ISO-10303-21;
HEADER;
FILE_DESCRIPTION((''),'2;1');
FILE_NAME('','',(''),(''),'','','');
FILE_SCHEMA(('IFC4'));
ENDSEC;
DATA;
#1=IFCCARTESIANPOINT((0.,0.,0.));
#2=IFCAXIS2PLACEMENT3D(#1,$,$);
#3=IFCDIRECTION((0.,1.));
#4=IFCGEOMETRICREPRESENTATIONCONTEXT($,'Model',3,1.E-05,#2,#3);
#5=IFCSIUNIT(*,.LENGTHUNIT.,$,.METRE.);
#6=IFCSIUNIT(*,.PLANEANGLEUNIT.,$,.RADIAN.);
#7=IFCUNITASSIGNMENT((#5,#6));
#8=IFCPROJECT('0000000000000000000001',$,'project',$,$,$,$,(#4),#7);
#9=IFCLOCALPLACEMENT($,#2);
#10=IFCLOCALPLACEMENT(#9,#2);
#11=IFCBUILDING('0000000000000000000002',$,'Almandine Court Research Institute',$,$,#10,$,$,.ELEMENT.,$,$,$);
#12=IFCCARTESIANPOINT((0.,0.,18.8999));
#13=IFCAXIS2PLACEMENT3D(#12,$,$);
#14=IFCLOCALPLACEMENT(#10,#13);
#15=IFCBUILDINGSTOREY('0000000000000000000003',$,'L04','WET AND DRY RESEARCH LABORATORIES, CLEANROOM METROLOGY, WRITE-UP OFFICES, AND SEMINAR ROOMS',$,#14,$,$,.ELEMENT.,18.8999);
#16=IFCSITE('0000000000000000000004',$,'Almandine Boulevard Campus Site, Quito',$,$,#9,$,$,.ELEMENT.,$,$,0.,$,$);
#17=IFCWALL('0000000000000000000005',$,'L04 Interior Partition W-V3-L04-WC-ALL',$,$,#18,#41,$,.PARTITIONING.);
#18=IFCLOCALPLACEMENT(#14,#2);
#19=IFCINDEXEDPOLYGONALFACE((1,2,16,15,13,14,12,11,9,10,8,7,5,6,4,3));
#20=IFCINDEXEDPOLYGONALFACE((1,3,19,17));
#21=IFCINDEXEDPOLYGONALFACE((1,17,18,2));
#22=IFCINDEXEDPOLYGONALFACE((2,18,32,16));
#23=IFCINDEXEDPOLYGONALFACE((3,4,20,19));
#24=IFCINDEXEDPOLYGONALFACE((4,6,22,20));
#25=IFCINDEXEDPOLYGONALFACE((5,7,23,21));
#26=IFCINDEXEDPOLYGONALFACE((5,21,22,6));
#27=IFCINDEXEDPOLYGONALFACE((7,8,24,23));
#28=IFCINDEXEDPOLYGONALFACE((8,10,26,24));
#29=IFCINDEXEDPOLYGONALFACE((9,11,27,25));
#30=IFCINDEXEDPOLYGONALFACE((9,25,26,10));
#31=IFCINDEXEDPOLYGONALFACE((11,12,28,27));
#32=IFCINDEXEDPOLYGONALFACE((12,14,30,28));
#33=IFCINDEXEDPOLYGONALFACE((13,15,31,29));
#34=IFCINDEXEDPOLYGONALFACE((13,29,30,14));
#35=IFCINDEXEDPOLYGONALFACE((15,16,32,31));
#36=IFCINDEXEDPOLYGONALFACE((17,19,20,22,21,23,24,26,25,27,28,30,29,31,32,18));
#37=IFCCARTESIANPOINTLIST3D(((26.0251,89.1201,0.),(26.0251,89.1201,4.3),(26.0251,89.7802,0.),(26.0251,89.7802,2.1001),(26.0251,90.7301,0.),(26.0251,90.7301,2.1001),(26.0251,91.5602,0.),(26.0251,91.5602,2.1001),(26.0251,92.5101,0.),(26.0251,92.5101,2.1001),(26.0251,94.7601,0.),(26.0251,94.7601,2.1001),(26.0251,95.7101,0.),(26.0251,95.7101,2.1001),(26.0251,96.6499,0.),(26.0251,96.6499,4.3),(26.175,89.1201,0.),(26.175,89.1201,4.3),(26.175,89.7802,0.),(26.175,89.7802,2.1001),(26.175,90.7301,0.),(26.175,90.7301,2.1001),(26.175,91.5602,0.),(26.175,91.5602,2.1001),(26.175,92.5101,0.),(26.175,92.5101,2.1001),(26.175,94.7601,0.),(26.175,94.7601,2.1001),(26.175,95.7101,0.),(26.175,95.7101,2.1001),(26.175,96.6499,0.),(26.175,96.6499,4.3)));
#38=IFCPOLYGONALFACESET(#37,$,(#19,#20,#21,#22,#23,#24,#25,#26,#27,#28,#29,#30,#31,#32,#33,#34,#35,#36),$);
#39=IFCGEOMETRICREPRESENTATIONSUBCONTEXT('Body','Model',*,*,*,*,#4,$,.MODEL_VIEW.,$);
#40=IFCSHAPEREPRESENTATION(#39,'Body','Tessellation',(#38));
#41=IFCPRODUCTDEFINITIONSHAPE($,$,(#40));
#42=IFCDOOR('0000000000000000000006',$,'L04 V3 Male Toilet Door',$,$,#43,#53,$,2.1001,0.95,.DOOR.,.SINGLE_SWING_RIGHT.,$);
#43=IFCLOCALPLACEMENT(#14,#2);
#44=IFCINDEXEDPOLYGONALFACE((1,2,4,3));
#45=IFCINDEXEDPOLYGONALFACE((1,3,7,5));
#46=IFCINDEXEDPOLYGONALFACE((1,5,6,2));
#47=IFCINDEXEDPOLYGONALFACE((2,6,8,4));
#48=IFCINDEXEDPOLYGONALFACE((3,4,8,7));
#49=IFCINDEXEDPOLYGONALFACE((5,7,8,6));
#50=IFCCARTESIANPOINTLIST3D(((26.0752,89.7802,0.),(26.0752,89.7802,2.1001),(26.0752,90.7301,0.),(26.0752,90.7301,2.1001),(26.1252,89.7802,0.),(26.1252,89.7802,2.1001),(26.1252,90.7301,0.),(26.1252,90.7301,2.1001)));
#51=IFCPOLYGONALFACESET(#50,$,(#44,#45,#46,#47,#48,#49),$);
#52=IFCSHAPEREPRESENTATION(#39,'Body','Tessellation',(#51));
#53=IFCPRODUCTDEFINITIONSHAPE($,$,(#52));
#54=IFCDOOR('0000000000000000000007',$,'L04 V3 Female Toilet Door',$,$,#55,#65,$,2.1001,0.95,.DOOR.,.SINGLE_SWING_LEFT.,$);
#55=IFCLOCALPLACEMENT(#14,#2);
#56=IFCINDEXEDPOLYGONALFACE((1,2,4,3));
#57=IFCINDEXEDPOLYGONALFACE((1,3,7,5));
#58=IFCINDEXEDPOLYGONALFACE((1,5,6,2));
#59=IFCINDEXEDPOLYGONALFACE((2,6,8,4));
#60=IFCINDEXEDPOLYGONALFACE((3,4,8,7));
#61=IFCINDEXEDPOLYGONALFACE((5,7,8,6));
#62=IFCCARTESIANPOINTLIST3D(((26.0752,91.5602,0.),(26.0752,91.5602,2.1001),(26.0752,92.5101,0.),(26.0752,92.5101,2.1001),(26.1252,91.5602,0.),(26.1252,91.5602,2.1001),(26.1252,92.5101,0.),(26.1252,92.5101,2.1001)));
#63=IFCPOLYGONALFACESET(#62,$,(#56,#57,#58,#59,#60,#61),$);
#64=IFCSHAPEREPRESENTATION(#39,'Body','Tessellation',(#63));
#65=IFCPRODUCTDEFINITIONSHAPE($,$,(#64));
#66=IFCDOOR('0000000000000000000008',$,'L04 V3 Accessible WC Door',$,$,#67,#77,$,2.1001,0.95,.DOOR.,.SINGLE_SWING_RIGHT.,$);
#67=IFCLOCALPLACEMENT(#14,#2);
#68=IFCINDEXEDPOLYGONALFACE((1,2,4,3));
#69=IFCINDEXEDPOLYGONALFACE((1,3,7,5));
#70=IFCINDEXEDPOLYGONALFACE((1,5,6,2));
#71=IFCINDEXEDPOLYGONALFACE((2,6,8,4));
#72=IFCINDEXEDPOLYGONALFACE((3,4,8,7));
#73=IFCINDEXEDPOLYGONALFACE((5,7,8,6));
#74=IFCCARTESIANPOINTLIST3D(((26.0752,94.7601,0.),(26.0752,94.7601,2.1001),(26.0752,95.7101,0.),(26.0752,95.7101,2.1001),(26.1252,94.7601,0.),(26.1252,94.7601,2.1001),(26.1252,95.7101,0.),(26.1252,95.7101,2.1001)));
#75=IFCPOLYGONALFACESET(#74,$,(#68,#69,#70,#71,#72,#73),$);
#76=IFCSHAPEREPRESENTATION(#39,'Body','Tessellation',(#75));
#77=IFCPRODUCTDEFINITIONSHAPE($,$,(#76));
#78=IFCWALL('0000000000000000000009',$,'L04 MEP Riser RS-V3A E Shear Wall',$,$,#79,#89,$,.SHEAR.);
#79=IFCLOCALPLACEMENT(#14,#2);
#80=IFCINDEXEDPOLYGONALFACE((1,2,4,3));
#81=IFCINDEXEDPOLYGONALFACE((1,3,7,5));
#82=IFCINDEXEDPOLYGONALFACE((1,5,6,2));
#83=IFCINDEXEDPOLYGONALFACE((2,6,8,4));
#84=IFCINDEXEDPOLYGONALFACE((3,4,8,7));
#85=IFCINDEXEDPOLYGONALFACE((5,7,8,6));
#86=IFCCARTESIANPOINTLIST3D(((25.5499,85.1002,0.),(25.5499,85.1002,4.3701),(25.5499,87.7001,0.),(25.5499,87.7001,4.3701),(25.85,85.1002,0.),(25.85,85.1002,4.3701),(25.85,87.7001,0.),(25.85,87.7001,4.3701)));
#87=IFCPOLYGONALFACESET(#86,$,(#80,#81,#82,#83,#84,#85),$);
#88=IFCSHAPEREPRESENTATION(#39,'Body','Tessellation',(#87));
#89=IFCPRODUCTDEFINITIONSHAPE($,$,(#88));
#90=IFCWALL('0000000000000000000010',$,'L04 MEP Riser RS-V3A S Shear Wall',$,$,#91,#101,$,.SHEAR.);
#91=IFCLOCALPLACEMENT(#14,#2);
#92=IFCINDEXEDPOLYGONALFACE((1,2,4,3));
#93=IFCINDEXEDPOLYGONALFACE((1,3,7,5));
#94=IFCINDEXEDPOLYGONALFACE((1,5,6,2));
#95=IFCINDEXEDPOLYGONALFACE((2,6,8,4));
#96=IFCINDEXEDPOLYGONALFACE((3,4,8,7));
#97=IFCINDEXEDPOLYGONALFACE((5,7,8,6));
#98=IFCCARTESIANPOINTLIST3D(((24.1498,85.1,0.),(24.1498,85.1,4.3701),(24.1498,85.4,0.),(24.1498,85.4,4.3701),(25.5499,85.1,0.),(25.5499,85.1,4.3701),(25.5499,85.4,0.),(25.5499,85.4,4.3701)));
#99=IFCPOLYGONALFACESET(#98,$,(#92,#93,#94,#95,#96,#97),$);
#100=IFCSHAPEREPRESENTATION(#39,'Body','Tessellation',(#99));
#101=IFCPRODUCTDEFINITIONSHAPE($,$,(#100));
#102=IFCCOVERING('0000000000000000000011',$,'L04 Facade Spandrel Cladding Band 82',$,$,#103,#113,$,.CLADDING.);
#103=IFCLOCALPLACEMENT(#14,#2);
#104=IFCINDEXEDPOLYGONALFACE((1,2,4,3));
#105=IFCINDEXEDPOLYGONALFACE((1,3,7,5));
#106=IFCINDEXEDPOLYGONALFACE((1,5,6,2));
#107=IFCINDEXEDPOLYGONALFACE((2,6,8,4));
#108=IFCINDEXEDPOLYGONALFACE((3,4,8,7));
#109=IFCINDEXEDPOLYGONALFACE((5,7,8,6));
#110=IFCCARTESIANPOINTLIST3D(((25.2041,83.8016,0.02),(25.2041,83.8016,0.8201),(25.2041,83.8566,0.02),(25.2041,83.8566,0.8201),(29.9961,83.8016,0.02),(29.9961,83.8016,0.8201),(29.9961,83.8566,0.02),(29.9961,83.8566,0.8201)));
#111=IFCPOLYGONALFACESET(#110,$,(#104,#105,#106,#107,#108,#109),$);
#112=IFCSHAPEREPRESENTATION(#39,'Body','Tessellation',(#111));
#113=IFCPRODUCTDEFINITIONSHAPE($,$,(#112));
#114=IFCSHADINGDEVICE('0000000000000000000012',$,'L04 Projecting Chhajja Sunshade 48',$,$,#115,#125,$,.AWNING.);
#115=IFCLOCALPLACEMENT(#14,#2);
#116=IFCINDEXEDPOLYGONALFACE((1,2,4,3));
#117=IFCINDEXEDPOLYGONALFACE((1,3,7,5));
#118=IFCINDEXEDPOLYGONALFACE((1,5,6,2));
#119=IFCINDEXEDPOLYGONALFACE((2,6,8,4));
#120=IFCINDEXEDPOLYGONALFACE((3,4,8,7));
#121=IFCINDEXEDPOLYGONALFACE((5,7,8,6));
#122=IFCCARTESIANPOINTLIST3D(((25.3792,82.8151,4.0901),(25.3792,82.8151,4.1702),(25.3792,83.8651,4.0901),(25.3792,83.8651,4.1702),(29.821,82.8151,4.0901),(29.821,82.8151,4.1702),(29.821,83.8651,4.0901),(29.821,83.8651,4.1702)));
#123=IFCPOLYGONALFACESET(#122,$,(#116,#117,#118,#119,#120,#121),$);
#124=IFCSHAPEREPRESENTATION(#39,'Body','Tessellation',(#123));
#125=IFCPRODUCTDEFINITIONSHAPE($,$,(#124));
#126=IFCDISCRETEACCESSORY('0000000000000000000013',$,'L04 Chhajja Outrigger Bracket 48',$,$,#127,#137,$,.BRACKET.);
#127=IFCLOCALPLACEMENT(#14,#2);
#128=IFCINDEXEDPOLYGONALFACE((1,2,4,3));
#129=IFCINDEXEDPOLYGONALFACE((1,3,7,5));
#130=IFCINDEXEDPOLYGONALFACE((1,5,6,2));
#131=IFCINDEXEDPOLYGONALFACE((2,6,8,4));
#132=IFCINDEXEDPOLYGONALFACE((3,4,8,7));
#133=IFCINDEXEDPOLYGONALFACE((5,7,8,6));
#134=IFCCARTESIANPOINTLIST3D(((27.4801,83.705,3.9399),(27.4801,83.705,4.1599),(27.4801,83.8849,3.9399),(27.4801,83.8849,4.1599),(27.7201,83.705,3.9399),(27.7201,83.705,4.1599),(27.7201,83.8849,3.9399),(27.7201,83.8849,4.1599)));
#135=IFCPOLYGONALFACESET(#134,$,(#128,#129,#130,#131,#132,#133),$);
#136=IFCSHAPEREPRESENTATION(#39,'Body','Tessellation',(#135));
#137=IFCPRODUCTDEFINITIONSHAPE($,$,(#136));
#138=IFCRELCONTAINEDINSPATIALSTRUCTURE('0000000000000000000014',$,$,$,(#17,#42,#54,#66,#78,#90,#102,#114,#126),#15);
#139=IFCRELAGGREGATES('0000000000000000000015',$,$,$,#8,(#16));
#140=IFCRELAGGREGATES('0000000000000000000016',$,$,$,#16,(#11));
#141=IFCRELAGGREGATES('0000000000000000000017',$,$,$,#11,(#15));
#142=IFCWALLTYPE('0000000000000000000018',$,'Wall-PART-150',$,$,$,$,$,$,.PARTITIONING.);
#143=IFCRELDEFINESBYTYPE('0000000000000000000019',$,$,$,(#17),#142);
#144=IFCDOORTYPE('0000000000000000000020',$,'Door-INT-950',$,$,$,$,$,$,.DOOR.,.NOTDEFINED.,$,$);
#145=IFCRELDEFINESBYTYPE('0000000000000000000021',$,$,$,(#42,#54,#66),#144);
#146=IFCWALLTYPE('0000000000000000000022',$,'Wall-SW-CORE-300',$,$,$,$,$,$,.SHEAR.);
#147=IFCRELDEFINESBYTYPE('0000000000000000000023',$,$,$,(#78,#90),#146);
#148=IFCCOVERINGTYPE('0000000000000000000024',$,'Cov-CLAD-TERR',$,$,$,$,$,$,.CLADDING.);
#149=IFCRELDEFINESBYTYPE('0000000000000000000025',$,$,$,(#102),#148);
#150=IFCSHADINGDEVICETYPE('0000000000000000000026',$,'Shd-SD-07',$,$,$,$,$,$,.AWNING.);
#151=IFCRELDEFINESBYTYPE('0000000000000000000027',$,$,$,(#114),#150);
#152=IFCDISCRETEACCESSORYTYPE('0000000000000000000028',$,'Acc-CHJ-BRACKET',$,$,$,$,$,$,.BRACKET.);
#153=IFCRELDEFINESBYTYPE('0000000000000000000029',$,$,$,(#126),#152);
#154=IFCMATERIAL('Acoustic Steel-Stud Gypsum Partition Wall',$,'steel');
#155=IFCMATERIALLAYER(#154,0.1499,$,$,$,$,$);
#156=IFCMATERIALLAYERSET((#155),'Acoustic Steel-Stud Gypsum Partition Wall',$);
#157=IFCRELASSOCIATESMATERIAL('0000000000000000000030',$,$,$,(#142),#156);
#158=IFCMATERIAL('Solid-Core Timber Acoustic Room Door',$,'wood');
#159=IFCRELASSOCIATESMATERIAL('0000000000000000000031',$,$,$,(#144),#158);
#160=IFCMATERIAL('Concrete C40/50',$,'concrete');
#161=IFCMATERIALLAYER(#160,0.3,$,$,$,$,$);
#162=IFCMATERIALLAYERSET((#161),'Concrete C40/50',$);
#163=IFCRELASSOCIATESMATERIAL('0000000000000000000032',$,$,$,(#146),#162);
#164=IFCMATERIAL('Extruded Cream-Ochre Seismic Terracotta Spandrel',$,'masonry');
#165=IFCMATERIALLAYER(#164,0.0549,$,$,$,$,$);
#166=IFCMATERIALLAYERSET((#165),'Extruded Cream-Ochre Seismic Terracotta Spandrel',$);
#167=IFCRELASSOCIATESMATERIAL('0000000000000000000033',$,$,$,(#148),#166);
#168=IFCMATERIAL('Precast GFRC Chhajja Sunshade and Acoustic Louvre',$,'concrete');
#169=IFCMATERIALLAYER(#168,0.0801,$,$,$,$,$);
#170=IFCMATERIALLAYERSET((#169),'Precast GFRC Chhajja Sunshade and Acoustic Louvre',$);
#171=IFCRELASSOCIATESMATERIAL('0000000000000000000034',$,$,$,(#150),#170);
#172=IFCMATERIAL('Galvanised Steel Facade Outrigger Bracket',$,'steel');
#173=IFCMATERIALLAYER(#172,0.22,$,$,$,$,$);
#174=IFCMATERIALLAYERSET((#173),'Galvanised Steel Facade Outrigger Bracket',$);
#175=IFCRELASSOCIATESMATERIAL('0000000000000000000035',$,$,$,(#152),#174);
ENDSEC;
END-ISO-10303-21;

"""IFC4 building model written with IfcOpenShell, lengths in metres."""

from ifc_helpers import new_model, si_unit, direction, frame, frame_2d, origin, origin_2d, place, context, subcontext, project, spatial, rectangle, extrude, material, layer, layer_set, type_object, element, fill, save


model = new_model("IFC4")

# Units and contexts
model_context = context("Model", 3, precision=1e-05, world=origin(), true_north=direction((0.0, 1.0)))
body_context = subcontext(model_context, "Body", "Model", "MODEL_VIEW")
ifc_project = project(units=[si_unit("LENGTHUNIT", "METRE"), si_unit("PLANEANGLEUNIT", "RADIAN")], contexts=[model_context])

# Site, building, storey
site_placement = place(None, origin())
site = spatial("IfcSite", under=ifc_project, at=site_placement, Name="Almandine Boulevard Campus Site, Quito", CompositionType="ELEMENT", RefElevation=0.0)
building_placement = place(site_placement, origin())
building = spatial("IfcBuilding", under=site, at=building_placement, Name="Almandine Court Research Institute", CompositionType="ELEMENT")
storey_placement = place(building_placement, frame((0.0, 0.0, 18.8999)))
storey = spatial("IfcBuildingStorey", under=building, at=storey_placement, Name="L04", Description="WET AND DRY RESEARCH LABORATORIES, CLEANROOM METROLOGY, WRITE-UP OFFICES, AND SEMINAR ROOMS", CompositionType="ELEMENT", Elevation=18.8999)

# Shared definitions
ifc_material_1 = material(Name="Acoustic Steel-Stud Gypsum Partition Wall", Category="steel")
ifc_layer_1 = layer(ifc_material_1, 0.1499)
ifc_layer_set_1 = layer_set([ifc_layer_1], Name="Acoustic Steel-Stud Gypsum Partition Wall")
wall_type_1 = type_object("IfcWallType", Name="Wall-PART-150", PredefinedType="PARTITIONING", material=ifc_layer_set_1)

# Wall, openings, doors
wall_1_placement = place(storey_placement, frame((26.1001, 89.1201, 0.0), z_axis=(0.0, 0.0, 1.0), x_axis=(0.0, 1.0, 0.0)))
wall_1 = element("IfcWall", 1, at=wall_1_placement, inside=storey, type_object=wall_type_1, Name="L04 Interior Partition W-V3-L04-WC-ALL", PredefinedType="PARTITIONING", context=body_context, shape_type="SweptSolid", body=[
    extrude(rectangle(XDim=7.5298, YDim=0.1499, at=frame_2d((3.7649, 0.0))), origin(), (0.0, 0.0, 1.0), 4.3),
])
opening_1_placement = place(wall_1_placement, frame((0.6599, 0.0, 0.0)))
opening_1 = element("IfcOpeningElement", 2, at=opening_1_placement, cuts=wall_1, PredefinedType="OPENING", context=body_context, shape_type="SweptSolid", body=[
    extrude(rectangle(XDim=0.95, YDim=2.1001, at=frame_2d((0.4751, 1.05))), frame((0.0, 0.085, 0.0), z_axis=(0.0, -1.0, 0.0), x_axis=(1.0, 0.0, 0.0)), (0.0, 0.0, 1.0), 0.1699),
])
opening_2_placement = place(wall_1_placement, frame((2.4399, 0.0, 0.0)))
opening_2 = element("IfcOpeningElement", 3, at=opening_2_placement, cuts=wall_1, PredefinedType="OPENING", context=body_context, shape_type="SweptSolid", body=[
    extrude(rectangle(XDim=0.95, YDim=2.1001, at=frame_2d((0.4751, 1.05))), frame((0.0, 0.085, 0.0), z_axis=(0.0, -1.0, 0.0), x_axis=(1.0, 0.0, 0.0)), (0.0, 0.0, 1.0), 0.1699),
])
opening_3_placement = place(wall_1_placement, frame((5.6399, 0.0, 0.0)))
opening_3 = element("IfcOpeningElement", 4, at=opening_3_placement, cuts=wall_1, PredefinedType="OPENING", context=body_context, shape_type="SweptSolid", body=[
    extrude(rectangle(XDim=0.95, YDim=2.1001, at=frame_2d((0.4751, 1.05))), frame((0.0, 0.085, 0.0), z_axis=(0.0, -1.0, 0.0), x_axis=(1.0, 0.0, 0.0)), (0.0, 0.0, 1.0), 0.1699),
])
ifc_material_2 = material(Name="Solid-Core Timber Acoustic Room Door", Category="wood")
door_type = type_object("IfcDoorType", Name="Door-INT-950", OperationType="NOTDEFINED", PredefinedType="DOOR", material=ifc_material_2)
door_1_placement = place(opening_1_placement, origin())
door_1 = element("IfcDoor", 5, at=door_1_placement, inside=storey, type_object=door_type, Name="L04 V3 Male Toilet Door", OperationType="SINGLE_SWING_RIGHT", OverallHeight=2.1001, OverallWidth=0.95, PredefinedType="DOOR", context=body_context, shape_type="SweptSolid", body=[
    extrude(rectangle(XDim=0.95, YDim=2.1001, at=frame_2d((0.4751, 1.05))), frame((0.0, 0.0249, 0.0), z_axis=(0.0, -1.0, 0.0), x_axis=(1.0, 0.0, 0.0)), (0.0, 0.0, 1.0), 0.05),
])
fill(opening_1, door_1)
door_2_placement = place(opening_2_placement, origin())
door_2 = element("IfcDoor", 6, at=door_2_placement, inside=storey, type_object=door_type, Name="L04 V3 Female Toilet Door", OperationType="SINGLE_SWING_LEFT", OverallHeight=2.1001, OverallWidth=0.95, PredefinedType="DOOR", context=body_context, shape_type="SweptSolid", body=[
    extrude(rectangle(XDim=0.95, YDim=2.1001, at=frame_2d((0.4751, 1.05))), frame((0.0, 0.0249, 0.0), z_axis=(0.0, -1.0, 0.0), x_axis=(1.0, 0.0, 0.0)), (0.0, 0.0, 1.0), 0.05),
])
fill(opening_2, door_2)
door_3_placement = place(opening_3_placement, origin())
door_3 = element("IfcDoor", 7, at=door_3_placement, inside=storey, type_object=door_type, Name="L04 V3 Accessible WC Door", OperationType="SINGLE_SWING_RIGHT", OverallHeight=2.1001, OverallWidth=0.95, PredefinedType="DOOR", context=body_context, shape_type="SweptSolid", body=[
    extrude(rectangle(XDim=0.95, YDim=2.1001, at=frame_2d((0.4751, 1.05))), frame((0.0, 0.0249, 0.0), z_axis=(0.0, -1.0, 0.0), x_axis=(1.0, 0.0, 0.0)), (0.0, 0.0, 1.0), 0.05),
])
fill(opening_3, door_3)

# Walls
ifc_material_3 = material(Name="Concrete C40/50", Category="concrete")
ifc_layer_2 = layer(ifc_material_3, 0.3)
ifc_layer_set_2 = layer_set([ifc_layer_2], Name="Concrete C40/50")
wall_type_2 = type_object("IfcWallType", Name="Wall-SW-CORE-300", PredefinedType="SHEAR", material=ifc_layer_set_2)
wall_2_placement = place(storey_placement, frame((25.7, 87.7, 0.0), z_axis=(0.0, 0.0, 1.0), x_axis=(0.0, -1.0, 0.0)))
element("IfcWall", 8, at=wall_2_placement, inside=storey, type_object=wall_type_2, Name="L04 MEP Riser RS-V3A E Shear Wall", PredefinedType="SHEAR", context=body_context, shape_type="SweptSolid", body=[
    extrude(rectangle(XDim=2.5999, YDim=0.3, at=frame_2d((1.2998, 0.0))), origin(), (0.0, 0.0, 1.0), 4.3701),
])
wall_3_placement = place(storey_placement, frame((25.55, 85.25, 0.0), z_axis=(0.0, 0.0, 1.0), x_axis=(-1.0, 0.0, 0.0)))
element("IfcWall", 9, at=wall_3_placement, inside=storey, type_object=wall_type_2, Name="L04 MEP Riser RS-V3A S Shear Wall", PredefinedType="SHEAR", context=body_context, shape_type="SweptSolid", body=[
    extrude(rectangle(XDim=1.4001, YDim=0.3, at=frame_2d((0.7002, 0.0))), origin(), (0.0, 0.0, 1.0), 4.3701),
])

# Covering
ifc_material_4 = material(Name="Extruded Cream-Ochre Seismic Terracotta Spandrel", Category="masonry")
ifc_layer_3 = layer(ifc_material_4, 0.0549)
ifc_layer_set_3 = layer_set([ifc_layer_3], Name="Extruded Cream-Ochre Seismic Terracotta Spandrel")
covering_type = type_object("IfcCoveringType", Name="Cov-CLAD-TERR", PredefinedType="CLADDING", material=ifc_layer_set_3)
covering_placement = place(storey_placement, frame((27.6001, 83.8291, 0.02), z_axis=(0.0, 0.0, 1.0), x_axis=(-1.0, 0.0, 0.0)))
element("IfcCovering", 10, at=covering_placement, inside=storey, type_object=covering_type, Name="L04 Facade Spandrel Cladding Band 82", PredefinedType="CLADDING", context=body_context, shape_type="SweptSolid", body=[
    extrude(rectangle(XDim=4.792, YDim=0.0549, at=origin_2d()), origin(), (0.0, 0.0, 1.0), 0.8),
])

# Shading device
ifc_material_5 = material(Name="Precast GFRC Chhajja Sunshade and Acoustic Louvre", Category="concrete")
ifc_layer_4 = layer(ifc_material_5, 0.0801)
ifc_layer_set_4 = layer_set([ifc_layer_4], Name="Precast GFRC Chhajja Sunshade and Acoustic Louvre")
shading_device_type = type_object("IfcShadingDeviceType", Name="Shd-SD-07", PredefinedType="AWNING", material=ifc_layer_set_4)
shading_device_placement = place(storey_placement, frame((27.6001, 83.3401, 4.0901), z_axis=(0.0, 0.0, 1.0), x_axis=(-1.0, 0.0, 0.0)))
element("IfcShadingDevice", 11, at=shading_device_placement, inside=storey, type_object=shading_device_type, Name="L04 Projecting Chhajja Sunshade 48", PredefinedType="AWNING", context=body_context, shape_type="SweptSolid", body=[
    extrude(rectangle(XDim=4.4419, YDim=1.05, at=origin_2d()), origin(), (0.0, 0.0, 1.0), 0.0801),
])

# Discrete accessory
ifc_material_6 = material(Name="Galvanised Steel Facade Outrigger Bracket", Category="steel")
ifc_layer_5 = layer(ifc_material_6, 0.22)
ifc_layer_set_5 = layer_set([ifc_layer_5], Name="Galvanised Steel Facade Outrigger Bracket")
discrete_accessory_type = type_object("IfcDiscreteAccessoryType", Name="Acc-CHJ-BRACKET", PredefinedType="BRACKET", material=ifc_layer_set_5)
discrete_accessory_placement = place(storey_placement, frame((27.6001, 83.7949, 3.9399), z_axis=(0.0, 0.0, 1.0), x_axis=(-1.0, 0.0, 0.0)))
element("IfcDiscreteAccessory", 12, at=discrete_accessory_placement, inside=storey, type_object=discrete_accessory_type, Name="L04 Chhajja Outrigger Bracket 48", PredefinedType="BRACKET", context=body_context, shape_type="SweptSolid", body=[
    extrude(rectangle(XDim=0.24, YDim=0.1799, at=origin_2d()), origin(), (0.0, 0.0, 1.0), 0.22),
])

save(model, "model.ifc")
